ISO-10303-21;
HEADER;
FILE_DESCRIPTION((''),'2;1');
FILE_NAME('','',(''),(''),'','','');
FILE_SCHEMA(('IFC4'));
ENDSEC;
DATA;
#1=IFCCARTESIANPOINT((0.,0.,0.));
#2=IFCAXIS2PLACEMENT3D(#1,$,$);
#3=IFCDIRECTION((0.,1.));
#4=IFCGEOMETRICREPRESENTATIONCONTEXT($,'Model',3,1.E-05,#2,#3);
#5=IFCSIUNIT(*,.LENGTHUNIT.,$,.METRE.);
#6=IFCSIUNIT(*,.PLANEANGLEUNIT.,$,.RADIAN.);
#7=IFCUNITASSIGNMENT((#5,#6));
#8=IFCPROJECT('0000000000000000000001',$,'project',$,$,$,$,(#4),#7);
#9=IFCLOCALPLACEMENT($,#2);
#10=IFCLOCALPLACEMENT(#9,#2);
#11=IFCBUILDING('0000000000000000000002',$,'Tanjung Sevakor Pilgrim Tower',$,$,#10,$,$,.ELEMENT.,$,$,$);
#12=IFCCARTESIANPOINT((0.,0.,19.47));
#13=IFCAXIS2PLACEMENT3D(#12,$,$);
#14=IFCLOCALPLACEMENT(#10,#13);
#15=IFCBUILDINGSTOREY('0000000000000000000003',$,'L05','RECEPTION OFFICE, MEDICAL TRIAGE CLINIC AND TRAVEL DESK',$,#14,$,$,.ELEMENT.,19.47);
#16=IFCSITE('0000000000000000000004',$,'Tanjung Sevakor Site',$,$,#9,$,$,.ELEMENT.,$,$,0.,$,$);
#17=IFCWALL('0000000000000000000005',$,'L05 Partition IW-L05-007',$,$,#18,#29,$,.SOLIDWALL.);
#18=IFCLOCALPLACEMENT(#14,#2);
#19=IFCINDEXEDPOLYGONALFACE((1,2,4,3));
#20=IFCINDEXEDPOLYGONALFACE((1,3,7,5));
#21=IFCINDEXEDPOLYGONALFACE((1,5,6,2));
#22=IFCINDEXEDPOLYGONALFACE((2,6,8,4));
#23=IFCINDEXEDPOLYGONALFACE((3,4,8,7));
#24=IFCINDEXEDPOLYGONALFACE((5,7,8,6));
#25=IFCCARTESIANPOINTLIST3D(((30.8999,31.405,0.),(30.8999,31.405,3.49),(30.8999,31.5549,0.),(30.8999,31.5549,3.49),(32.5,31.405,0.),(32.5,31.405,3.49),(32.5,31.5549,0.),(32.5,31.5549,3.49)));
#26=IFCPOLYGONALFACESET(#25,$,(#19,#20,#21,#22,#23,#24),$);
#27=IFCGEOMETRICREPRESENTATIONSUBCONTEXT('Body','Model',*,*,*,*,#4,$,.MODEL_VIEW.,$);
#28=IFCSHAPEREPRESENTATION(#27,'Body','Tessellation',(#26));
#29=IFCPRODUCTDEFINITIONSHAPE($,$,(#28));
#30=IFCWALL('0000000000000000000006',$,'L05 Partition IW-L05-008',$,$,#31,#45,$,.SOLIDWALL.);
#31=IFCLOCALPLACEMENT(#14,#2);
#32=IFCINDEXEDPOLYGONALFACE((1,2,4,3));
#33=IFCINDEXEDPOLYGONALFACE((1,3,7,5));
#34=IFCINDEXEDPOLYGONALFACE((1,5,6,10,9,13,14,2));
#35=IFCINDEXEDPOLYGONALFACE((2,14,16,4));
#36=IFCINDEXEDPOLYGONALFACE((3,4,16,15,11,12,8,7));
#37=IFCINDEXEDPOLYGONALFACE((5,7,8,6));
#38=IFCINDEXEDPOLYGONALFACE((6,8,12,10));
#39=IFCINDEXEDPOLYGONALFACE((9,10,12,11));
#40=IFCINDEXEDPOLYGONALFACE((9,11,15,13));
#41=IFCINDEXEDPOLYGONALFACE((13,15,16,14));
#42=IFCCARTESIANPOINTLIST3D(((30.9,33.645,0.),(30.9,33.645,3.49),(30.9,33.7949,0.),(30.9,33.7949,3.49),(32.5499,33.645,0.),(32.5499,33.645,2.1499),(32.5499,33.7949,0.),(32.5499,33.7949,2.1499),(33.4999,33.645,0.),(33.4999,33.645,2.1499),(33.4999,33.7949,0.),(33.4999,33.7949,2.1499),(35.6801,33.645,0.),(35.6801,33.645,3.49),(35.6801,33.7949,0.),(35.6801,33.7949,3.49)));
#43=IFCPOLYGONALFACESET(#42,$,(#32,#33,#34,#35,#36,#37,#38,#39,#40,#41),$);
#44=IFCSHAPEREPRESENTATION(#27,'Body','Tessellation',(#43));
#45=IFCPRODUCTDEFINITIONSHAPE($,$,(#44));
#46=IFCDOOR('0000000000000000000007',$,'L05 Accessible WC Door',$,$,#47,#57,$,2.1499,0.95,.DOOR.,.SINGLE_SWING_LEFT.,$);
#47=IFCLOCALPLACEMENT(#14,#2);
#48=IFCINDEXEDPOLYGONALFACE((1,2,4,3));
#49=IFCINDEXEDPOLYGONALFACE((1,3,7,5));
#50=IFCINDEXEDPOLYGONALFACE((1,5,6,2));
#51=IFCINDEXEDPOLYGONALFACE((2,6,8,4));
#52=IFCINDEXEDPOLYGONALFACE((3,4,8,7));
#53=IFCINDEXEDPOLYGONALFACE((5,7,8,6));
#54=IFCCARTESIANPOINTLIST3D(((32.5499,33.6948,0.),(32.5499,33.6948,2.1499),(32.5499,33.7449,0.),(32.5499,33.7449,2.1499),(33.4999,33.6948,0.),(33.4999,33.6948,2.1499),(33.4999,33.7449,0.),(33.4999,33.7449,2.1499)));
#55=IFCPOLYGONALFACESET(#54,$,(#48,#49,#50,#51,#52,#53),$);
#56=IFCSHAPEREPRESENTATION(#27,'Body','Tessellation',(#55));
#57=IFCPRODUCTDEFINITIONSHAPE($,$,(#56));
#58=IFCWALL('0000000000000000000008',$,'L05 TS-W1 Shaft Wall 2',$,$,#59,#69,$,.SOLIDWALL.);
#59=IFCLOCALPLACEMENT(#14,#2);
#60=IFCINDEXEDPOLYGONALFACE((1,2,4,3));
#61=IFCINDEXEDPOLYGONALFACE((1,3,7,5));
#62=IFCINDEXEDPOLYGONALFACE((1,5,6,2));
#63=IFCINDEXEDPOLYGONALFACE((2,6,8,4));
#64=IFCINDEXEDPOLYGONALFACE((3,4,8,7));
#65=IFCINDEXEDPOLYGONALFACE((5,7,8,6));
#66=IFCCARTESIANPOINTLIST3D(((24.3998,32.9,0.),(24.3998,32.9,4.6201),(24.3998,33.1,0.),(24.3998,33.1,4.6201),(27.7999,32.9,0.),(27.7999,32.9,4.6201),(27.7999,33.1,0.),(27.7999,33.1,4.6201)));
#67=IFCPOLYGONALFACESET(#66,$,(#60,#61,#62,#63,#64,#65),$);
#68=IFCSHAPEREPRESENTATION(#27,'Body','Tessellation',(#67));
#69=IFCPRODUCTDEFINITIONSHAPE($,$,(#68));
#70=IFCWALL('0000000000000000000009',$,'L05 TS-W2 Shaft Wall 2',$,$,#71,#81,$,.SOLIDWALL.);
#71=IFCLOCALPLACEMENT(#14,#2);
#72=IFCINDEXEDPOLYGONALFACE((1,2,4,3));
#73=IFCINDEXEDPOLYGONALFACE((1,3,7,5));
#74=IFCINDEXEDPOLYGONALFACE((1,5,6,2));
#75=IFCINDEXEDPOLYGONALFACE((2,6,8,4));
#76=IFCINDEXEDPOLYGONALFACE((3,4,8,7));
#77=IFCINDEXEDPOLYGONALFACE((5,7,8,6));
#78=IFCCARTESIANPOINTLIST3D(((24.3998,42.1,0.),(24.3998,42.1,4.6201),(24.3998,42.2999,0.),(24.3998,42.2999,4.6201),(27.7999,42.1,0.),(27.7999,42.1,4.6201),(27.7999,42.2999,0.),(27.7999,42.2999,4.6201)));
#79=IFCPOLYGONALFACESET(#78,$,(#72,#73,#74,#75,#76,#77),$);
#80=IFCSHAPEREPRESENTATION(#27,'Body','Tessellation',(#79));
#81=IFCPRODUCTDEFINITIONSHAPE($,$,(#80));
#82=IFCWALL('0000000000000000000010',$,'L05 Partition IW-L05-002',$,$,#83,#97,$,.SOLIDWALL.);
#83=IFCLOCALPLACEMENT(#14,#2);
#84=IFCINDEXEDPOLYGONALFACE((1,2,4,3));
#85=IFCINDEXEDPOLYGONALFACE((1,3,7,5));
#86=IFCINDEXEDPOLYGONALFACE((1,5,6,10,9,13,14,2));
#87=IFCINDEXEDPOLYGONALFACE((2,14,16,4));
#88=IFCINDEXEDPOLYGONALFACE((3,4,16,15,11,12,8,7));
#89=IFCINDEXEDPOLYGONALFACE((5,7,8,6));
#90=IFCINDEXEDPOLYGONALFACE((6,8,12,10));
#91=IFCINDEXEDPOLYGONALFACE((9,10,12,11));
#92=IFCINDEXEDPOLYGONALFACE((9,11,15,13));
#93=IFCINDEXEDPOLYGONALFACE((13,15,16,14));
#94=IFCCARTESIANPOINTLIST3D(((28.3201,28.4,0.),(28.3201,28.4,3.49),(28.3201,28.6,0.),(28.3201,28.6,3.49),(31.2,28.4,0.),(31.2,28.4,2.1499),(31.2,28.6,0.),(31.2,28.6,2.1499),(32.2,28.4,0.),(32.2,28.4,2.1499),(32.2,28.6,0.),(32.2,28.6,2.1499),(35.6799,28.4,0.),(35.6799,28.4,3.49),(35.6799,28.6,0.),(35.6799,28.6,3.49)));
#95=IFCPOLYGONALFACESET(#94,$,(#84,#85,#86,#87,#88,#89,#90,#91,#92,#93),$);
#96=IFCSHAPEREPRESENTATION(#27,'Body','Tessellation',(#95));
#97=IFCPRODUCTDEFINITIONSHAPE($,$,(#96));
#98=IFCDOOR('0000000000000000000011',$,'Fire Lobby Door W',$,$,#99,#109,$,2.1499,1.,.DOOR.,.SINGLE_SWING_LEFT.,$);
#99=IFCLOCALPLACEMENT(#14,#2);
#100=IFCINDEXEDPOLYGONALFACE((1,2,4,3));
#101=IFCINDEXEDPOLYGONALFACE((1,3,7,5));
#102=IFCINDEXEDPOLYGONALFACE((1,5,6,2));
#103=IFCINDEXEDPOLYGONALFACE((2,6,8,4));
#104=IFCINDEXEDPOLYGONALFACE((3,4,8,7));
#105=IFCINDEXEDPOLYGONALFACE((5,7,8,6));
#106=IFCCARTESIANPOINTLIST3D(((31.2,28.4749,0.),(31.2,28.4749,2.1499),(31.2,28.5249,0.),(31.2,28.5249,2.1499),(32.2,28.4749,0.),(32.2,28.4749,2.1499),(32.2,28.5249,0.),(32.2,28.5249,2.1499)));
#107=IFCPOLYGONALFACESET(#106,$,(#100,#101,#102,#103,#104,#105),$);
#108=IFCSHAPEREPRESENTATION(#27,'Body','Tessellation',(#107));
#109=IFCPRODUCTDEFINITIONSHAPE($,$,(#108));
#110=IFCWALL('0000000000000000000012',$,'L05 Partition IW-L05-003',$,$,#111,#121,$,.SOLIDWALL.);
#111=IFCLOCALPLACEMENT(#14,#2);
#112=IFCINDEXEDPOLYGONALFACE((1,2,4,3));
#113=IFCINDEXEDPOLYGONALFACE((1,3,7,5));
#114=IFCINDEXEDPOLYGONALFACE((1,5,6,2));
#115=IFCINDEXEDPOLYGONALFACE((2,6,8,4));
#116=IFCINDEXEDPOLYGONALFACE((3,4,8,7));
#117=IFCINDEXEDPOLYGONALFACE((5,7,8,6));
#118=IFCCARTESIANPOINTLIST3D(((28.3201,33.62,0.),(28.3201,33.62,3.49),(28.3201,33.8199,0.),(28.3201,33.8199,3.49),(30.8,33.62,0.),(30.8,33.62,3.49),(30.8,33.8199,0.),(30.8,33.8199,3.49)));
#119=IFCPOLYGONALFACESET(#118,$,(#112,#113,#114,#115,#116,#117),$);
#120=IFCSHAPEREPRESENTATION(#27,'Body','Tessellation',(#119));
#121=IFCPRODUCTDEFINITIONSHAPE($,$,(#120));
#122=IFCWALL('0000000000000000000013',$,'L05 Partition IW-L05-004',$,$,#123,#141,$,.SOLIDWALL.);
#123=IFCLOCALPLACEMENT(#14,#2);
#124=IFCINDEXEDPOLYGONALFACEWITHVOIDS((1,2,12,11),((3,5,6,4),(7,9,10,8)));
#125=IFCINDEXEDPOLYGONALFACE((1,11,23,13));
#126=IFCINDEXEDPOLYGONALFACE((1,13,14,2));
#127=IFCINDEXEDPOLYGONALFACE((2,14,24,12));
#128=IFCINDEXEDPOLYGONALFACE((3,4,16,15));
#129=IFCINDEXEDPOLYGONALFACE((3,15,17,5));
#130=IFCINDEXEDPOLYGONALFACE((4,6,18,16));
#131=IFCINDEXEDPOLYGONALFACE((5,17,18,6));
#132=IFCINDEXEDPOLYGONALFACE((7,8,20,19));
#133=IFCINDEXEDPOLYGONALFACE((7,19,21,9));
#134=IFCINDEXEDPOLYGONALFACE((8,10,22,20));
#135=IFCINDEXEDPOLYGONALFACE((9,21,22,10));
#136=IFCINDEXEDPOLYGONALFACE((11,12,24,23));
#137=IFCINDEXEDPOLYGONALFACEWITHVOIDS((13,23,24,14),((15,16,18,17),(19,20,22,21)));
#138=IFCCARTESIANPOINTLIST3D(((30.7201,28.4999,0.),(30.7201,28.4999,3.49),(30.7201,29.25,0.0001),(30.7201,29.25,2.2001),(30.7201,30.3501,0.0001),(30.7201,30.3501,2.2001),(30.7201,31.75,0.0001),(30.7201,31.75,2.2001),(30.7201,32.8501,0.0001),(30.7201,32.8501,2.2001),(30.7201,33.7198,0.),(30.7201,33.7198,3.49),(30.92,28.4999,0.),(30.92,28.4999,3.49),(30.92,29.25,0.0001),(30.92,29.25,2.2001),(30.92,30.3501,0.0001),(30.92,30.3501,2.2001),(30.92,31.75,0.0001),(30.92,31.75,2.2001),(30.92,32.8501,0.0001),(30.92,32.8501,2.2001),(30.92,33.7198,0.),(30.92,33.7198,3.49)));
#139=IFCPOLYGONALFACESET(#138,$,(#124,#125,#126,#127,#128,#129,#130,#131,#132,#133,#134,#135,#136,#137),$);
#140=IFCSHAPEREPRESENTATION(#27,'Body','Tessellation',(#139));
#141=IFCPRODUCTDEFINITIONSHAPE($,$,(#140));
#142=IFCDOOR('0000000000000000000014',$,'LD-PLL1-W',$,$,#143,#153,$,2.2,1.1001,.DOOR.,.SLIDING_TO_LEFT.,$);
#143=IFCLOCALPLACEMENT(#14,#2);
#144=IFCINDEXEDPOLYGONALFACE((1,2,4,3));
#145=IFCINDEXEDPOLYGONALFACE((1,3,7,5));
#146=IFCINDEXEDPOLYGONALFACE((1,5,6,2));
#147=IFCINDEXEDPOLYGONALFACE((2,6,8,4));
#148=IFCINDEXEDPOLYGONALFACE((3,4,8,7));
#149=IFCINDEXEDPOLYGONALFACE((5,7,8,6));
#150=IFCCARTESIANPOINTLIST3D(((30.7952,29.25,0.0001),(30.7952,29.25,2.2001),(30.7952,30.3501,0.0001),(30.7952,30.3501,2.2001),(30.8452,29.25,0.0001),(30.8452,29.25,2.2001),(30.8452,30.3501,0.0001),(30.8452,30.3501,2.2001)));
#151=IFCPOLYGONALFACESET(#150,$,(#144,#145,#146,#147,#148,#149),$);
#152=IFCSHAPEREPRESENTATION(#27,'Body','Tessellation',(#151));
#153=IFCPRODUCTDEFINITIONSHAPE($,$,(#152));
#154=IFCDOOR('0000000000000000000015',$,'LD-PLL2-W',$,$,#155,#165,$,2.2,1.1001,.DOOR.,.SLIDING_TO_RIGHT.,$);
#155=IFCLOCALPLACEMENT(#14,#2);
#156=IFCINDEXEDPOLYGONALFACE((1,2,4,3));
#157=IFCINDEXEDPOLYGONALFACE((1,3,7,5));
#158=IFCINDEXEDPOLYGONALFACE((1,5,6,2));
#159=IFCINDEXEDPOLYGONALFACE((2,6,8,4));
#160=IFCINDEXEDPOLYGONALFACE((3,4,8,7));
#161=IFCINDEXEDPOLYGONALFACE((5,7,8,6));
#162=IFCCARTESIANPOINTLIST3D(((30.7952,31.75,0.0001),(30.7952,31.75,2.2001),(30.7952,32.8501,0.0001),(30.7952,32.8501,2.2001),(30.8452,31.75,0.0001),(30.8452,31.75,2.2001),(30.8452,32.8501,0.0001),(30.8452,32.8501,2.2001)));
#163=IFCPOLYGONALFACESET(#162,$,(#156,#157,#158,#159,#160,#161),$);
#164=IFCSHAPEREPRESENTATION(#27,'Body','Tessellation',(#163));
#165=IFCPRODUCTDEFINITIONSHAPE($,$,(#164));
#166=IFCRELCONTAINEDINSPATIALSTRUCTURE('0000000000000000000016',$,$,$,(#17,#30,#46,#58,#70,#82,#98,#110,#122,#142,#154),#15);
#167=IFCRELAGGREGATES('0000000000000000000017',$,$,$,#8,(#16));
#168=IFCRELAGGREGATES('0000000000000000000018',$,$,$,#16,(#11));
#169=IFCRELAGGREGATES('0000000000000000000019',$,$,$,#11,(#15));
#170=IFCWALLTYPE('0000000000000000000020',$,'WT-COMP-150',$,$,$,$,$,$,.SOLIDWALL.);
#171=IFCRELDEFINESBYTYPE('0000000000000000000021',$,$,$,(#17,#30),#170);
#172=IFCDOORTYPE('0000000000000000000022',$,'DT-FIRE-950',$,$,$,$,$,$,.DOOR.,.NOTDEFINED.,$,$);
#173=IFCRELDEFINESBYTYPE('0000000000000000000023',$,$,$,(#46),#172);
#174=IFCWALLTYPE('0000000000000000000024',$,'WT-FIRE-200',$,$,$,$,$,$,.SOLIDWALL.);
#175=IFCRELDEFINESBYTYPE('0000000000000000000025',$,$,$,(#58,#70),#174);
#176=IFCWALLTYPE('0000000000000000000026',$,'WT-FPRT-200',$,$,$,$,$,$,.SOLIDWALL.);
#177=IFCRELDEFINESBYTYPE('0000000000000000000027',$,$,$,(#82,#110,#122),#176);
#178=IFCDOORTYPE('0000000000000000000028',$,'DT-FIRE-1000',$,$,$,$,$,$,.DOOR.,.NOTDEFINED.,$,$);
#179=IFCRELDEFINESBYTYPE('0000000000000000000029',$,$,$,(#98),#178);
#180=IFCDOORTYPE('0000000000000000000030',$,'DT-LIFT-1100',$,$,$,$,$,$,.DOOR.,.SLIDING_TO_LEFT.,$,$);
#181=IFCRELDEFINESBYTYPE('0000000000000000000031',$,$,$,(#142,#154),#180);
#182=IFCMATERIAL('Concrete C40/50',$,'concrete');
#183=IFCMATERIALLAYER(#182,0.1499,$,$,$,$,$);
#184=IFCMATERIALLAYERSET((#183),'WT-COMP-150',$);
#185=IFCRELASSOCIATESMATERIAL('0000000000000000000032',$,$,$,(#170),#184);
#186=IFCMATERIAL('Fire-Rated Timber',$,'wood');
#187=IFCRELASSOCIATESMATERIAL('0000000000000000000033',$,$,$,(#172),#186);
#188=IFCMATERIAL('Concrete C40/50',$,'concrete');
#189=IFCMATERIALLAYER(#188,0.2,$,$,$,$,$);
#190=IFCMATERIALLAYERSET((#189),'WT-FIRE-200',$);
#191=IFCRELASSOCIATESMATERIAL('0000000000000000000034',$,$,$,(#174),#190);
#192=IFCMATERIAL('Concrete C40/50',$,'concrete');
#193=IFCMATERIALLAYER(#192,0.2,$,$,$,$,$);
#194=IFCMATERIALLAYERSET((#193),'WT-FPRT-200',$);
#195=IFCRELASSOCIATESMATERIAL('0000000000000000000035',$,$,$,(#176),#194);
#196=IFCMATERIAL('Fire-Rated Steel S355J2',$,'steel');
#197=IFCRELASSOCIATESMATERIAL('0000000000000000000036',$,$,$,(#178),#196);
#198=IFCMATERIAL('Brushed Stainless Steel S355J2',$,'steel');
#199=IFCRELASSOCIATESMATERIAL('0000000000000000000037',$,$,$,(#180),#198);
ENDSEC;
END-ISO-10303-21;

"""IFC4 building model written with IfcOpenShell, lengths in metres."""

from ifc_helpers import new_model, si_unit, direction, frame, frame_2d, origin, place, context, subcontext, project, spatial, rectangle, extrude, material, layer, layer_set, type_object, element, fill, save


model = new_model("IFC4")

# Units and contexts
model_context = context("Model", 3, precision=1e-05, world=origin(), true_north=direction((0.0, 1.0)))
body_context = subcontext(model_context, "Body", "Model", "MODEL_VIEW")
ifc_project = project(units=[si_unit("LENGTHUNIT", "METRE"), si_unit("PLANEANGLEUNIT", "RADIAN")], contexts=[model_context])

# Site, building, storey
site_placement = place(None, origin())
site = spatial("IfcSite", under=ifc_project, at=site_placement, Name="Tanjung Sevakor Site", CompositionType="ELEMENT", RefElevation=0.0)
building_placement = place(site_placement, origin())
building = spatial("IfcBuilding", under=site, at=building_placement, Name="Tanjung Sevakor Pilgrim Tower", CompositionType="ELEMENT")
storey_placement = place(building_placement, frame((0.0, 0.0, 19.47)))
storey = spatial("IfcBuildingStorey", under=building, at=storey_placement, Name="L05", Description="RECEPTION OFFICE, MEDICAL TRIAGE CLINIC AND TRAVEL DESK", CompositionType="ELEMENT", Elevation=19.47)

# Wall
ifc_material_1 = material(Name="Concrete C40/50", Category="concrete")
ifc_layer_1 = layer(ifc_material_1, 0.1499)
ifc_layer_set_1 = layer_set([ifc_layer_1], Name="WT-COMP-150")
wall_type_1 = type_object("IfcWallType", Name="WT-COMP-150", PredefinedType="SOLIDWALL", material=ifc_layer_set_1)
wall_1_placement = place(storey_placement, frame((30.8999, 31.48, 0.0), z_axis=(0.0, 0.0, 1.0), x_axis=(1.0, 0.0, 0.0)))
element("IfcWall", 1, at=wall_1_placement, inside=storey, type_object=wall_type_1, Name="L05 Partition IW-L05-007", PredefinedType="SOLIDWALL", context=body_context, shape_type="SweptSolid", body=[
    extrude(rectangle(XDim=1.6001, YDim=0.1499, at=frame_2d((0.8, 0.0))), origin(), (0.0, 0.0, 1.0), 3.49),
])

# Wall, opening, door
wall_2_placement = place(storey_placement, frame((30.8999, 33.72, 0.0), z_axis=(0.0, 0.0, 1.0), x_axis=(1.0, 0.0, 0.0)))
wall_2 = element("IfcWall", 2, at=wall_2_placement, inside=storey, type_object=wall_type_1, Name="L05 Partition IW-L05-008", PredefinedType="SOLIDWALL", context=body_context, shape_type="SweptSolid", body=[
    extrude(rectangle(XDim=4.78, YDim=0.1499, at=frame_2d((2.3901, 0.0))), origin(), (0.0, 0.0, 1.0), 3.49),
])
opening_1_placement = place(wall_2_placement, frame((1.6499, 0.0, 0.0)))
opening_1 = element("IfcOpeningElement", 3, at=opening_1_placement, cuts=wall_2, PredefinedType="OPENING", context=body_context, shape_type="SweptSolid", body=[
    extrude(rectangle(XDim=0.95, YDim=2.1499, at=frame_2d((0.4751, 1.075))), frame((0.0, 0.085, 0.0), z_axis=(0.0, -1.0, 0.0), x_axis=(1.0, 0.0, 0.0)), (0.0, 0.0, 1.0), 0.1699),
])
ifc_material_2 = material(Name="Fire-Rated Timber", Category="wood")
door_type_1 = type_object("IfcDoorType", Name="DT-FIRE-950", OperationType="NOTDEFINED", PredefinedType="DOOR", material=ifc_material_2)
door_1_placement = place(opening_1_placement, origin())
door_1 = element("IfcDoor", 4, at=door_1_placement, inside=storey, type_object=door_type_1, Name="L05 Accessible WC Door", OperationType="SINGLE_SWING_LEFT", OverallHeight=2.1499, OverallWidth=0.95, PredefinedType="DOOR", context=body_context, shape_type="SweptSolid", body=[
    extrude(rectangle(XDim=0.95, YDim=2.1499, at=frame_2d((0.4751, 1.075))), frame((0.0, 0.0249, 0.0), z_axis=(0.0, -1.0, 0.0), x_axis=(1.0, 0.0, 0.0)), (0.0, 0.0, 1.0), 0.05),
])
fill(opening_1, door_1)

# Walls
ifc_material_3 = material(Name="Concrete C40/50", Category="concrete")
ifc_layer_2 = layer(ifc_material_3, 0.2)
ifc_layer_set_2 = layer_set([ifc_layer_2], Name="WT-FIRE-200")
wall_type_2 = type_object("IfcWallType", Name="WT-FIRE-200", PredefinedType="SOLIDWALL", material=ifc_layer_set_2)
for number, where, z_axis, x_axis, name in (
    (5, (27.8, 33.0, 0.0), (0.0, 0.0, 1.0), (-1.0, 0.0, 0.0), "L05 TS-W1 Shaft Wall 2"),
    (6, (27.8, 42.2, 0.0), (0.0, 0.0, 1.0), (-1.0, 0.0, 0.0), "L05 TS-W2 Shaft Wall 2"),
):
    element("IfcWall", number, at=place(storey_placement, frame(where, z_axis=z_axis, x_axis=x_axis)), inside=storey, type_object=wall_type_2, Name=name, PredefinedType="SOLIDWALL", context=body_context, shape_type="SweptSolid", body=[
        extrude(rectangle(XDim=3.4001, YDim=0.2, at=frame_2d((1.7002, 0.0))), origin(), (0.0, 0.0, 1.0), 4.6201),
    ])

# Wall, opening, door
ifc_material_4 = material(Name="Concrete C40/50", Category="concrete")
ifc_layer_3 = layer(ifc_material_4, 0.2)
ifc_layer_set_3 = layer_set([ifc_layer_3], Name="WT-FPRT-200")
wall_type_3 = type_object("IfcWallType", Name="WT-FPRT-200", PredefinedType="SOLIDWALL", material=ifc_layer_set_3)
wall_3_placement = place(storey_placement, frame((28.3201, 28.5, 0.0), z_axis=(0.0, 0.0, 1.0), x_axis=(1.0, 0.0, 0.0)))
wall_3 = element("IfcWall", 7, at=wall_3_placement, inside=storey, type_object=wall_type_3, Name="L05 Partition IW-L05-002", PredefinedType="SOLIDWALL", context=body_context, shape_type="SweptSolid", body=[
    extrude(rectangle(XDim=7.3599, YDim=0.2, at=frame_2d((3.6799, 0.0))), origin(), (0.0, 0.0, 1.0), 3.49),
])
opening_2_placement = place(wall_3_placement, frame((2.8799, 0.0, 0.0)))
opening_2 = element("IfcOpeningElement", 8, at=opening_2_placement, cuts=wall_3, PredefinedType="OPENING", context=body_context, shape_type="SweptSolid", body=[
    extrude(rectangle(XDim=1.0, YDim=2.1499, at=frame_2d((0.5, 1.075))), frame((0.0, 0.1099, 0.0), z_axis=(0.0, -1.0, 0.0), x_axis=(1.0, 0.0, 0.0)), (0.0, 0.0, 1.0), 0.22),
])
ifc_material_5 = material(Name="Fire-Rated Steel S355J2", Category="steel")
door_type_2 = type_object("IfcDoorType", Name="DT-FIRE-1000", OperationType="NOTDEFINED", PredefinedType="DOOR", material=ifc_material_5)
door_2_placement = place(opening_2_placement, origin())
door_2 = element("IfcDoor", 9, at=door_2_placement, inside=storey, type_object=door_type_2, Name="Fire Lobby Door W", OperationType="SINGLE_SWING_LEFT", OverallHeight=2.1499, OverallWidth=1.0, PredefinedType="DOOR", context=body_context, shape_type="SweptSolid", body=[
    extrude(rectangle(XDim=1.0, YDim=2.1499, at=frame_2d((0.5, 1.075))), frame((0.0, 0.0249, 0.0), z_axis=(0.0, -1.0, 0.0), x_axis=(1.0, 0.0, 0.0)), (0.0, 0.0, 1.0), 0.05),
])
fill(opening_2, door_2)

# Wall
wall_4_placement = place(storey_placement, frame((28.3201, 33.72, 0.0), z_axis=(0.0, 0.0, 1.0), x_axis=(1.0, 0.0, 0.0)))
element("IfcWall", 10, at=wall_4_placement, inside=storey, type_object=wall_type_3, Name="L05 Partition IW-L05-003", PredefinedType="SOLIDWALL", context=body_context, shape_type="SweptSolid", body=[
    extrude(rectangle(XDim=2.48, YDim=0.2, at=frame_2d((1.24, 0.0))), origin(), (0.0, 0.0, 1.0), 3.49),
])

# Wall, openings, doors
wall_5_placement = place(storey_placement, frame((30.8201, 28.5, 0.0), z_axis=(0.0, 0.0, 1.0), x_axis=(0.0, 1.0, 0.0)))
wall_5 = element("IfcWall", 11, at=wall_5_placement, inside=storey, type_object=wall_type_3, Name="L05 Partition IW-L05-004", PredefinedType="SOLIDWALL", context=body_context, shape_type="SweptSolid", body=[
    extrude(rectangle(XDim=5.22, YDim=0.2, at=frame_2d((2.6099, 0.0))), origin(), (0.0, 0.0, 1.0), 3.49),
])
opening_3_placement = place(wall_5_placement, frame((0.75, 0.0, 0.0)))
opening_3 = element("IfcOpeningElement", 12, at=opening_3_placement, cuts=wall_5, PredefinedType="OPENING", context=body_context, shape_type="SweptSolid", body=[
    extrude(rectangle(XDim=1.1001, YDim=2.2, at=frame_2d((0.55, 1.1001))), frame((0.0, 0.1099, 0.0), z_axis=(0.0, -1.0, 0.0), x_axis=(1.0, 0.0, 0.0)), (0.0, 0.0, 1.0), 0.22),
])
opening_4_placement = place(wall_5_placement, frame((3.25, 0.0, 0.0)))
opening_4 = element("IfcOpeningElement", 13, at=opening_4_placement, cuts=wall_5, PredefinedType="OPENING", context=body_context, shape_type="SweptSolid", body=[
    extrude(rectangle(XDim=1.1001, YDim=2.2, at=frame_2d((0.55, 1.1001))), frame((0.0, 0.1099, 0.0), z_axis=(0.0, -1.0, 0.0), x_axis=(1.0, 0.0, 0.0)), (0.0, 0.0, 1.0), 0.22),
])
ifc_material_6 = material(Name="Brushed Stainless Steel S355J2", Category="steel")
door_type_3 = type_object("IfcDoorType", Name="DT-LIFT-1100", OperationType="SLIDING_TO_LEFT", PredefinedType="DOOR", material=ifc_material_6)
door_3_placement = place(opening_3_placement, origin())
door_3 = element("IfcDoor", 14, at=door_3_placement, inside=storey, type_object=door_type_3, Name="LD-PLL1-W", OperationType="SLIDING_TO_LEFT", OverallHeight=2.2, OverallWidth=1.1001, PredefinedType="DOOR", context=body_context, shape_type="SweptSolid", body=[
    extrude(rectangle(XDim=1.1001, YDim=2.2, at=frame_2d((0.55, 1.1001))), frame((0.0, 0.0249, 0.0), z_axis=(0.0, -1.0, 0.0), x_axis=(1.0, 0.0, 0.0)), (0.0, 0.0, 1.0), 0.05),
])
fill(opening_3, door_3)
door_4_placement = place(opening_4_placement, origin())
door_4 = element("IfcDoor", 15, at=door_4_placement, inside=storey, type_object=door_type_3, Name="LD-PLL2-W", OperationType="SLIDING_TO_RIGHT", OverallHeight=2.2, OverallWidth=1.1001, PredefinedType="DOOR", context=body_context, shape_type="SweptSolid", body=[
    extrude(rectangle(XDim=1.1001, YDim=2.2, at=frame_2d((0.55, 1.1001))), frame((0.0, 0.0249, 0.0), z_axis=(0.0, -1.0, 0.0), x_axis=(1.0, 0.0, 0.0)), (0.0, 0.0, 1.0), 0.05),
])
fill(opening_4, door_4)

save(model, "model.ifc")
